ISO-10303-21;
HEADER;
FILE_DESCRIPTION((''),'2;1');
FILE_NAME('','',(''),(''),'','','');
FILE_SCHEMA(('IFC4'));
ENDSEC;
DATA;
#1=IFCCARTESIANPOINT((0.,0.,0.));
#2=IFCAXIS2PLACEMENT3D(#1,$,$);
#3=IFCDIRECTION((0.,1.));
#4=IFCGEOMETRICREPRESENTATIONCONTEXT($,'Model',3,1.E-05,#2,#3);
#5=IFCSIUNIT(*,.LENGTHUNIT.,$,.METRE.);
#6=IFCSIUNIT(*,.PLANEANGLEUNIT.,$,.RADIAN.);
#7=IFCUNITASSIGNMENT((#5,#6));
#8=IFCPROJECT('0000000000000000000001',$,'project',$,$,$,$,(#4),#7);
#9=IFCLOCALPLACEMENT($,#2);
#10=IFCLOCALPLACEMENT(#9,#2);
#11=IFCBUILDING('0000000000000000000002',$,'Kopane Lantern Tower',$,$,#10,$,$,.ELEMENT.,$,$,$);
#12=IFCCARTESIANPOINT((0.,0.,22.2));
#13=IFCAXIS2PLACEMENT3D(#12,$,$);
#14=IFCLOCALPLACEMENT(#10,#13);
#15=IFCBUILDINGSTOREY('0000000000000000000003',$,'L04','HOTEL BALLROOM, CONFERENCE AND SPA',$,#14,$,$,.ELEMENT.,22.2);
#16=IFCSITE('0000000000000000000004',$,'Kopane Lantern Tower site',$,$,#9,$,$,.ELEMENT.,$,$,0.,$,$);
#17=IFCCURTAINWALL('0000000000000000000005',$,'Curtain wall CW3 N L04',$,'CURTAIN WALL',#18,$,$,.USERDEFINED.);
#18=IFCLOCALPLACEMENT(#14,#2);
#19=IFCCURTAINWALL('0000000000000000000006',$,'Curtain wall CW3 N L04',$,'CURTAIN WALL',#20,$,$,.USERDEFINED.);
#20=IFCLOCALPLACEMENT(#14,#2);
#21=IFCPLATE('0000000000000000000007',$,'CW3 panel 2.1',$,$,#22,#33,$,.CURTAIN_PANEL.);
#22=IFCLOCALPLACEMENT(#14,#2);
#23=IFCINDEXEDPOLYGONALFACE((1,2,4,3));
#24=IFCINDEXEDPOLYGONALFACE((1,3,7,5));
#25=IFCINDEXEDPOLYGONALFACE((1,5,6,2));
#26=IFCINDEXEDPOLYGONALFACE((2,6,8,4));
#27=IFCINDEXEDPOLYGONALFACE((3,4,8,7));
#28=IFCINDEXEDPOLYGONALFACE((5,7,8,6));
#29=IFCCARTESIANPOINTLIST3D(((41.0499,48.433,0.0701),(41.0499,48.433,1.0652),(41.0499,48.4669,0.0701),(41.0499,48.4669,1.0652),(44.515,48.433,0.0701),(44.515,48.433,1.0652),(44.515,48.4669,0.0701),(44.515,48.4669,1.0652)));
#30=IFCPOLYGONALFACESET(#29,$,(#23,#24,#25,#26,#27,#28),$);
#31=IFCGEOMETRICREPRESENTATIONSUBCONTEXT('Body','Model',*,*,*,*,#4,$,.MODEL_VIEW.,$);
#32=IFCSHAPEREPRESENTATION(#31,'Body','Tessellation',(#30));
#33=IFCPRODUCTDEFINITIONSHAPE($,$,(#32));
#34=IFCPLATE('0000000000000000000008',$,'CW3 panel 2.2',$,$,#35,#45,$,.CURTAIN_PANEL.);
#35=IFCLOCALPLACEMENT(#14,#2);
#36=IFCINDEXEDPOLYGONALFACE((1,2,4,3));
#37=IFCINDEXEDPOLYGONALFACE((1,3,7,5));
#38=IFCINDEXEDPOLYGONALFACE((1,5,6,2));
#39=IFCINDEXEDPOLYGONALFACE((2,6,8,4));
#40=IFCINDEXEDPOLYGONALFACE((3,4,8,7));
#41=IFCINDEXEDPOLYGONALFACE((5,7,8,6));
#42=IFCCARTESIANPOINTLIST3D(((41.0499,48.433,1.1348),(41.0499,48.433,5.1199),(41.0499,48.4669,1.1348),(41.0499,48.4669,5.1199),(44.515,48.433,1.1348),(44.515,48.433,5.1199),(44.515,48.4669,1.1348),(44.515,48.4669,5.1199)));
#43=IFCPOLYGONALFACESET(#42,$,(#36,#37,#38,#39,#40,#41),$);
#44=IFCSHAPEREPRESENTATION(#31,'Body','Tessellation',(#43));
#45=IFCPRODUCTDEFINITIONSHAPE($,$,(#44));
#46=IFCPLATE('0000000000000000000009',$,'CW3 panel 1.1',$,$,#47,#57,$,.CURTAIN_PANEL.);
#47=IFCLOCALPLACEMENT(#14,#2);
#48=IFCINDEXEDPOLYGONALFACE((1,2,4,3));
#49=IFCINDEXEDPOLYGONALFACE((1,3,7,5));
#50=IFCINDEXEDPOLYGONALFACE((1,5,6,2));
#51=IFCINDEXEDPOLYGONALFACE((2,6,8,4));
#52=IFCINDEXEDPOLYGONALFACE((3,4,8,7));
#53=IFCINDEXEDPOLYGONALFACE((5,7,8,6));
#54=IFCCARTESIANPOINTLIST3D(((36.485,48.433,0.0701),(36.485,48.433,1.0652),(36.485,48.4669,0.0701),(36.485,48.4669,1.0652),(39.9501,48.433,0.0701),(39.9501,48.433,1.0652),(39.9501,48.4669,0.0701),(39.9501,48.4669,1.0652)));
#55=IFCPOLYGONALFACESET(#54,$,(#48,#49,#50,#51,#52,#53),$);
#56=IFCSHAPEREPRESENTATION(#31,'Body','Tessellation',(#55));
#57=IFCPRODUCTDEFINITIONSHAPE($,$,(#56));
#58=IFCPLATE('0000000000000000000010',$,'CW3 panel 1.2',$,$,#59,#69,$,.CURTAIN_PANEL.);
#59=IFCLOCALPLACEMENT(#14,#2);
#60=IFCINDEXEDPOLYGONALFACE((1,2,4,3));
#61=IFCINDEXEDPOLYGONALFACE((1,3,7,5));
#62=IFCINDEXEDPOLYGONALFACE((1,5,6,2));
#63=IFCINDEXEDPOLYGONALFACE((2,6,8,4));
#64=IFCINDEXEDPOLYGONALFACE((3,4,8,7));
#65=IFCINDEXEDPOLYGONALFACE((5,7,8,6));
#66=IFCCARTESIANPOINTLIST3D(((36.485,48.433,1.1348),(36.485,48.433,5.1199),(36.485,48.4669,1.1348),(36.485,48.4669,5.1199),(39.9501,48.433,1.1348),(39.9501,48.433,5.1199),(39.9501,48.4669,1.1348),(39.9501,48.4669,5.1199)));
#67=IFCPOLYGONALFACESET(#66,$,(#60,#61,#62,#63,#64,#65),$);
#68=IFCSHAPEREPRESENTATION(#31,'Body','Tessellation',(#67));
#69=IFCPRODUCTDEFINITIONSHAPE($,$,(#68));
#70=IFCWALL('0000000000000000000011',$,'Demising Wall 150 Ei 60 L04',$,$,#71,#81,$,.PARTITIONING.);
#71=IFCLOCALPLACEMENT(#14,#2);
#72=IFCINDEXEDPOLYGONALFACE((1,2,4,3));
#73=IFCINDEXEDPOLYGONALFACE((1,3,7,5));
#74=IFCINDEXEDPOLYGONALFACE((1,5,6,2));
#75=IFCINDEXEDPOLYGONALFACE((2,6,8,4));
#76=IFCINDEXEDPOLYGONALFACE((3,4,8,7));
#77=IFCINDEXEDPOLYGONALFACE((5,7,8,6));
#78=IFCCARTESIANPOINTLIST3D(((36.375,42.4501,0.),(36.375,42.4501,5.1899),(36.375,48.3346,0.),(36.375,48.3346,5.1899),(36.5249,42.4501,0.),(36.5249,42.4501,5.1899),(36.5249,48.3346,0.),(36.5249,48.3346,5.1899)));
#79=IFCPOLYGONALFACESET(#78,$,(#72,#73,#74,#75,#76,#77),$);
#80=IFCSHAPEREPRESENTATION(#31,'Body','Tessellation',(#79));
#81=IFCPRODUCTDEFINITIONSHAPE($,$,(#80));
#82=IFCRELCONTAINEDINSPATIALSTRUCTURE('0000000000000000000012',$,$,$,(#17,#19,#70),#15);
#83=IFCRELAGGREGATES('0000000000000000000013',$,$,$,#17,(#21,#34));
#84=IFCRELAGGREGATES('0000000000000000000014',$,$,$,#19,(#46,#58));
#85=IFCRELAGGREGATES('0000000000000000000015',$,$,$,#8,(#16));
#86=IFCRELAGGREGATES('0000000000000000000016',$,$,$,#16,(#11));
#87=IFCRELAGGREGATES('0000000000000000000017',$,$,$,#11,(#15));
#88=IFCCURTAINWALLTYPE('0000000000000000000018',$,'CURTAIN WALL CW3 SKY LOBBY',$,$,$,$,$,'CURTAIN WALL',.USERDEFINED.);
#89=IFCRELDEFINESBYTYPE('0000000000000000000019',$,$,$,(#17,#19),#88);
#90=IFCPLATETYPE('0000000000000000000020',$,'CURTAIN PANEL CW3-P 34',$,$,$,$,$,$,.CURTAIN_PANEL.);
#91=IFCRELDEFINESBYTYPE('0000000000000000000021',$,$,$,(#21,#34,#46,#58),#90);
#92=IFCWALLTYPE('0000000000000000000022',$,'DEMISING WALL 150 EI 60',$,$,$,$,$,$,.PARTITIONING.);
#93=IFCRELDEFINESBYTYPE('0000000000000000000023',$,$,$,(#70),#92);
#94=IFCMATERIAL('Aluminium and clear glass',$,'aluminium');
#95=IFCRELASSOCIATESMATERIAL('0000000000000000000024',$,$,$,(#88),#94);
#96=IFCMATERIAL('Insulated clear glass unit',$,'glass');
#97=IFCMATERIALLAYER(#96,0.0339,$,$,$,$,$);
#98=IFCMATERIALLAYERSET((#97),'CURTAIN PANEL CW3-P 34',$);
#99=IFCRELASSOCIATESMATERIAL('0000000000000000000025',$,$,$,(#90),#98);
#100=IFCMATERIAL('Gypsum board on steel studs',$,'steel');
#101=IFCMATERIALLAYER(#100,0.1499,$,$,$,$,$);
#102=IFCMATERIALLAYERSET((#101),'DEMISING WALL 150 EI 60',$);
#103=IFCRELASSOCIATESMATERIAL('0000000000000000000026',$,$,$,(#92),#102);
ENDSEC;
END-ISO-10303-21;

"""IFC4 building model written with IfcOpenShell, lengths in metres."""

from ifc_helpers import new_model, si_unit, direction, frame, frame_2d, origin, origin_2d, place, context, subcontext, project, spatial, rectangle, extrude, material, layer, layer_set, type_object, element, aggregate, save


model = new_model("IFC4")

# Units and contexts
model_context = context("Model", 3, precision=1e-05, world=origin(), true_north=direction((0.0, 1.0)))
body_context = subcontext(model_context, "Body", "Model", "MODEL_VIEW")
ifc_project = project(units=[si_unit("LENGTHUNIT", "METRE"), si_unit("PLANEANGLEUNIT", "RADIAN")], contexts=[model_context])

# Site, building, storey
site_placement = place(None, origin())
site = spatial("IfcSite", under=ifc_project, at=site_placement, Name="Kopane Lantern Tower site", CompositionType="ELEMENT", RefElevation=0.0)
building_placement = place(site_placement, origin())
building = spatial("IfcBuilding", under=site, at=building_placement, Name="Kopane Lantern Tower", CompositionType="ELEMENT")
storey_placement = place(building_placement, frame((0.0, 0.0, 22.2)))
storey = spatial("IfcBuildingStorey", under=building, at=storey_placement, Name="L04", Description="HOTEL BALLROOM, CONFERENCE AND SPA", CompositionType="ELEMENT", Elevation=22.2)

# Curtain wall
ifc_material_1 = material(Name="Aluminium and clear glass", Category="aluminium")
curtain_wall_type = type_object("IfcCurtainWallType", Name="CURTAIN WALL CW3 SKY LOBBY", ElementType="CURTAIN WALL", PredefinedType="USERDEFINED", material=ifc_material_1)
curtain_wall_1_placement = place(storey_placement, origin())
curtain_wall_1 = element("IfcCurtainWall", 1, at=curtain_wall_1_placement, inside=storey, type_object=curtain_wall_type, Name="Curtain wall CW3 N L04", ObjectType="CURTAIN WALL", PredefinedType="USERDEFINED")

# Curtain wall
curtain_wall_2_placement = place(storey_placement, origin())
curtain_wall_2 = element("IfcCurtainWall", 2, at=curtain_wall_2_placement, inside=storey, type_object=curtain_wall_type, Name="Curtain wall CW3 N L04", ObjectType="CURTAIN WALL", PredefinedType="USERDEFINED")

# Plates
ifc_material_2 = material(Name="Insulated clear glass unit", Category="glass")
ifc_layer_1 = layer(ifc_material_2, 0.0339)
ifc_layer_set_1 = layer_set([ifc_layer_1], Name="CURTAIN PANEL CW3-P 34")
plate_type = type_object("IfcPlateType", Name="CURTAIN PANEL CW3-P 34", PredefinedType="CURTAIN_PANEL", material=ifc_layer_set_1)
plate_1_placement = place(storey_placement, frame((42.7825, 48.45, 0.0701), z_axis=(0.0, 0.0, 1.0), x_axis=(-1.0, 0.0, 0.0)))
plate_1 = element("IfcPlate", 3, at=plate_1_placement, type_object=plate_type, Name="CW3 panel 2.1", PredefinedType="CURTAIN_PANEL", context=body_context, shape_type="SweptSolid", body=[
    extrude(rectangle(XDim=3.4651, YDim=0.0339, at=origin_2d()), origin(), (0.0, 0.0, 1.0), 0.9951),
])
plate_2_placement = place(storey_placement, frame((42.7825, 48.45, 1.1348), z_axis=(0.0, 0.0, 1.0), x_axis=(-1.0, 0.0, 0.0)))
plate_2 = element("IfcPlate", 4, at=plate_2_placement, type_object=plate_type, Name="CW3 panel 2.2", PredefinedType="CURTAIN_PANEL", context=body_context, shape_type="SweptSolid", body=[
    extrude(rectangle(XDim=3.4651, YDim=0.0339, at=origin_2d()), origin(), (0.0, 0.0, 1.0), 3.9851),
])
aggregate(curtain_wall_1, [plate_1, plate_2])
plate_3_placement = place(storey_placement, frame((38.2175, 48.45, 0.0701), z_axis=(0.0, 0.0, 1.0), x_axis=(-1.0, 0.0, 0.0)))
plate_3 = element("IfcPlate", 5, at=plate_3_placement, type_object=plate_type, Name="CW3 panel 1.1", PredefinedType="CURTAIN_PANEL", context=body_context, shape_type="SweptSolid", body=[
    extrude(rectangle(XDim=3.4651, YDim=0.0339, at=origin_2d()), origin(), (0.0, 0.0, 1.0), 0.9951),
])
plate_4_placement = place(storey_placement, frame((38.2175, 48.45, 1.1348), z_axis=(0.0, 0.0, 1.0), x_axis=(-1.0, 0.0, 0.0)))
plate_4 = element("IfcPlate", 6, at=plate_4_placement, type_object=plate_type, Name="CW3 panel 1.2", PredefinedType="CURTAIN_PANEL", context=body_context, shape_type="SweptSolid", body=[
    extrude(rectangle(XDim=3.4651, YDim=0.0339, at=origin_2d()), origin(), (0.0, 0.0, 1.0), 3.9851),
])
aggregate(curtain_wall_2, [plate_3, plate_4])

# Wall
ifc_material_3 = material(Name="Gypsum board on steel studs", Category="steel")
ifc_layer_2 = layer(ifc_material_3, 0.1499)
ifc_layer_set_2 = layer_set([ifc_layer_2], Name="DEMISING WALL 150 EI 60")
wall_type = type_object("IfcWallType", Name="DEMISING WALL 150 EI 60", PredefinedType="PARTITIONING", material=ifc_layer_set_2)
wall_placement = place(storey_placement, frame((36.45, 42.45, 0.0), z_axis=(0.0, 0.0, 1.0), x_axis=(0.0, 1.0, 0.0)))
element("IfcWall", 7, at=wall_placement, inside=storey, type_object=wall_type, Name="Demising Wall 150 Ei 60 L04", PredefinedType="PARTITIONING", context=body_context, shape_type="SweptSolid", body=[
    extrude(rectangle(XDim=5.8845, YDim=0.1499, at=frame_2d((2.9424, 0.0))), origin(), (0.0, 0.0, 1.0), 5.1899),
])

save(model, "model.ifc")
